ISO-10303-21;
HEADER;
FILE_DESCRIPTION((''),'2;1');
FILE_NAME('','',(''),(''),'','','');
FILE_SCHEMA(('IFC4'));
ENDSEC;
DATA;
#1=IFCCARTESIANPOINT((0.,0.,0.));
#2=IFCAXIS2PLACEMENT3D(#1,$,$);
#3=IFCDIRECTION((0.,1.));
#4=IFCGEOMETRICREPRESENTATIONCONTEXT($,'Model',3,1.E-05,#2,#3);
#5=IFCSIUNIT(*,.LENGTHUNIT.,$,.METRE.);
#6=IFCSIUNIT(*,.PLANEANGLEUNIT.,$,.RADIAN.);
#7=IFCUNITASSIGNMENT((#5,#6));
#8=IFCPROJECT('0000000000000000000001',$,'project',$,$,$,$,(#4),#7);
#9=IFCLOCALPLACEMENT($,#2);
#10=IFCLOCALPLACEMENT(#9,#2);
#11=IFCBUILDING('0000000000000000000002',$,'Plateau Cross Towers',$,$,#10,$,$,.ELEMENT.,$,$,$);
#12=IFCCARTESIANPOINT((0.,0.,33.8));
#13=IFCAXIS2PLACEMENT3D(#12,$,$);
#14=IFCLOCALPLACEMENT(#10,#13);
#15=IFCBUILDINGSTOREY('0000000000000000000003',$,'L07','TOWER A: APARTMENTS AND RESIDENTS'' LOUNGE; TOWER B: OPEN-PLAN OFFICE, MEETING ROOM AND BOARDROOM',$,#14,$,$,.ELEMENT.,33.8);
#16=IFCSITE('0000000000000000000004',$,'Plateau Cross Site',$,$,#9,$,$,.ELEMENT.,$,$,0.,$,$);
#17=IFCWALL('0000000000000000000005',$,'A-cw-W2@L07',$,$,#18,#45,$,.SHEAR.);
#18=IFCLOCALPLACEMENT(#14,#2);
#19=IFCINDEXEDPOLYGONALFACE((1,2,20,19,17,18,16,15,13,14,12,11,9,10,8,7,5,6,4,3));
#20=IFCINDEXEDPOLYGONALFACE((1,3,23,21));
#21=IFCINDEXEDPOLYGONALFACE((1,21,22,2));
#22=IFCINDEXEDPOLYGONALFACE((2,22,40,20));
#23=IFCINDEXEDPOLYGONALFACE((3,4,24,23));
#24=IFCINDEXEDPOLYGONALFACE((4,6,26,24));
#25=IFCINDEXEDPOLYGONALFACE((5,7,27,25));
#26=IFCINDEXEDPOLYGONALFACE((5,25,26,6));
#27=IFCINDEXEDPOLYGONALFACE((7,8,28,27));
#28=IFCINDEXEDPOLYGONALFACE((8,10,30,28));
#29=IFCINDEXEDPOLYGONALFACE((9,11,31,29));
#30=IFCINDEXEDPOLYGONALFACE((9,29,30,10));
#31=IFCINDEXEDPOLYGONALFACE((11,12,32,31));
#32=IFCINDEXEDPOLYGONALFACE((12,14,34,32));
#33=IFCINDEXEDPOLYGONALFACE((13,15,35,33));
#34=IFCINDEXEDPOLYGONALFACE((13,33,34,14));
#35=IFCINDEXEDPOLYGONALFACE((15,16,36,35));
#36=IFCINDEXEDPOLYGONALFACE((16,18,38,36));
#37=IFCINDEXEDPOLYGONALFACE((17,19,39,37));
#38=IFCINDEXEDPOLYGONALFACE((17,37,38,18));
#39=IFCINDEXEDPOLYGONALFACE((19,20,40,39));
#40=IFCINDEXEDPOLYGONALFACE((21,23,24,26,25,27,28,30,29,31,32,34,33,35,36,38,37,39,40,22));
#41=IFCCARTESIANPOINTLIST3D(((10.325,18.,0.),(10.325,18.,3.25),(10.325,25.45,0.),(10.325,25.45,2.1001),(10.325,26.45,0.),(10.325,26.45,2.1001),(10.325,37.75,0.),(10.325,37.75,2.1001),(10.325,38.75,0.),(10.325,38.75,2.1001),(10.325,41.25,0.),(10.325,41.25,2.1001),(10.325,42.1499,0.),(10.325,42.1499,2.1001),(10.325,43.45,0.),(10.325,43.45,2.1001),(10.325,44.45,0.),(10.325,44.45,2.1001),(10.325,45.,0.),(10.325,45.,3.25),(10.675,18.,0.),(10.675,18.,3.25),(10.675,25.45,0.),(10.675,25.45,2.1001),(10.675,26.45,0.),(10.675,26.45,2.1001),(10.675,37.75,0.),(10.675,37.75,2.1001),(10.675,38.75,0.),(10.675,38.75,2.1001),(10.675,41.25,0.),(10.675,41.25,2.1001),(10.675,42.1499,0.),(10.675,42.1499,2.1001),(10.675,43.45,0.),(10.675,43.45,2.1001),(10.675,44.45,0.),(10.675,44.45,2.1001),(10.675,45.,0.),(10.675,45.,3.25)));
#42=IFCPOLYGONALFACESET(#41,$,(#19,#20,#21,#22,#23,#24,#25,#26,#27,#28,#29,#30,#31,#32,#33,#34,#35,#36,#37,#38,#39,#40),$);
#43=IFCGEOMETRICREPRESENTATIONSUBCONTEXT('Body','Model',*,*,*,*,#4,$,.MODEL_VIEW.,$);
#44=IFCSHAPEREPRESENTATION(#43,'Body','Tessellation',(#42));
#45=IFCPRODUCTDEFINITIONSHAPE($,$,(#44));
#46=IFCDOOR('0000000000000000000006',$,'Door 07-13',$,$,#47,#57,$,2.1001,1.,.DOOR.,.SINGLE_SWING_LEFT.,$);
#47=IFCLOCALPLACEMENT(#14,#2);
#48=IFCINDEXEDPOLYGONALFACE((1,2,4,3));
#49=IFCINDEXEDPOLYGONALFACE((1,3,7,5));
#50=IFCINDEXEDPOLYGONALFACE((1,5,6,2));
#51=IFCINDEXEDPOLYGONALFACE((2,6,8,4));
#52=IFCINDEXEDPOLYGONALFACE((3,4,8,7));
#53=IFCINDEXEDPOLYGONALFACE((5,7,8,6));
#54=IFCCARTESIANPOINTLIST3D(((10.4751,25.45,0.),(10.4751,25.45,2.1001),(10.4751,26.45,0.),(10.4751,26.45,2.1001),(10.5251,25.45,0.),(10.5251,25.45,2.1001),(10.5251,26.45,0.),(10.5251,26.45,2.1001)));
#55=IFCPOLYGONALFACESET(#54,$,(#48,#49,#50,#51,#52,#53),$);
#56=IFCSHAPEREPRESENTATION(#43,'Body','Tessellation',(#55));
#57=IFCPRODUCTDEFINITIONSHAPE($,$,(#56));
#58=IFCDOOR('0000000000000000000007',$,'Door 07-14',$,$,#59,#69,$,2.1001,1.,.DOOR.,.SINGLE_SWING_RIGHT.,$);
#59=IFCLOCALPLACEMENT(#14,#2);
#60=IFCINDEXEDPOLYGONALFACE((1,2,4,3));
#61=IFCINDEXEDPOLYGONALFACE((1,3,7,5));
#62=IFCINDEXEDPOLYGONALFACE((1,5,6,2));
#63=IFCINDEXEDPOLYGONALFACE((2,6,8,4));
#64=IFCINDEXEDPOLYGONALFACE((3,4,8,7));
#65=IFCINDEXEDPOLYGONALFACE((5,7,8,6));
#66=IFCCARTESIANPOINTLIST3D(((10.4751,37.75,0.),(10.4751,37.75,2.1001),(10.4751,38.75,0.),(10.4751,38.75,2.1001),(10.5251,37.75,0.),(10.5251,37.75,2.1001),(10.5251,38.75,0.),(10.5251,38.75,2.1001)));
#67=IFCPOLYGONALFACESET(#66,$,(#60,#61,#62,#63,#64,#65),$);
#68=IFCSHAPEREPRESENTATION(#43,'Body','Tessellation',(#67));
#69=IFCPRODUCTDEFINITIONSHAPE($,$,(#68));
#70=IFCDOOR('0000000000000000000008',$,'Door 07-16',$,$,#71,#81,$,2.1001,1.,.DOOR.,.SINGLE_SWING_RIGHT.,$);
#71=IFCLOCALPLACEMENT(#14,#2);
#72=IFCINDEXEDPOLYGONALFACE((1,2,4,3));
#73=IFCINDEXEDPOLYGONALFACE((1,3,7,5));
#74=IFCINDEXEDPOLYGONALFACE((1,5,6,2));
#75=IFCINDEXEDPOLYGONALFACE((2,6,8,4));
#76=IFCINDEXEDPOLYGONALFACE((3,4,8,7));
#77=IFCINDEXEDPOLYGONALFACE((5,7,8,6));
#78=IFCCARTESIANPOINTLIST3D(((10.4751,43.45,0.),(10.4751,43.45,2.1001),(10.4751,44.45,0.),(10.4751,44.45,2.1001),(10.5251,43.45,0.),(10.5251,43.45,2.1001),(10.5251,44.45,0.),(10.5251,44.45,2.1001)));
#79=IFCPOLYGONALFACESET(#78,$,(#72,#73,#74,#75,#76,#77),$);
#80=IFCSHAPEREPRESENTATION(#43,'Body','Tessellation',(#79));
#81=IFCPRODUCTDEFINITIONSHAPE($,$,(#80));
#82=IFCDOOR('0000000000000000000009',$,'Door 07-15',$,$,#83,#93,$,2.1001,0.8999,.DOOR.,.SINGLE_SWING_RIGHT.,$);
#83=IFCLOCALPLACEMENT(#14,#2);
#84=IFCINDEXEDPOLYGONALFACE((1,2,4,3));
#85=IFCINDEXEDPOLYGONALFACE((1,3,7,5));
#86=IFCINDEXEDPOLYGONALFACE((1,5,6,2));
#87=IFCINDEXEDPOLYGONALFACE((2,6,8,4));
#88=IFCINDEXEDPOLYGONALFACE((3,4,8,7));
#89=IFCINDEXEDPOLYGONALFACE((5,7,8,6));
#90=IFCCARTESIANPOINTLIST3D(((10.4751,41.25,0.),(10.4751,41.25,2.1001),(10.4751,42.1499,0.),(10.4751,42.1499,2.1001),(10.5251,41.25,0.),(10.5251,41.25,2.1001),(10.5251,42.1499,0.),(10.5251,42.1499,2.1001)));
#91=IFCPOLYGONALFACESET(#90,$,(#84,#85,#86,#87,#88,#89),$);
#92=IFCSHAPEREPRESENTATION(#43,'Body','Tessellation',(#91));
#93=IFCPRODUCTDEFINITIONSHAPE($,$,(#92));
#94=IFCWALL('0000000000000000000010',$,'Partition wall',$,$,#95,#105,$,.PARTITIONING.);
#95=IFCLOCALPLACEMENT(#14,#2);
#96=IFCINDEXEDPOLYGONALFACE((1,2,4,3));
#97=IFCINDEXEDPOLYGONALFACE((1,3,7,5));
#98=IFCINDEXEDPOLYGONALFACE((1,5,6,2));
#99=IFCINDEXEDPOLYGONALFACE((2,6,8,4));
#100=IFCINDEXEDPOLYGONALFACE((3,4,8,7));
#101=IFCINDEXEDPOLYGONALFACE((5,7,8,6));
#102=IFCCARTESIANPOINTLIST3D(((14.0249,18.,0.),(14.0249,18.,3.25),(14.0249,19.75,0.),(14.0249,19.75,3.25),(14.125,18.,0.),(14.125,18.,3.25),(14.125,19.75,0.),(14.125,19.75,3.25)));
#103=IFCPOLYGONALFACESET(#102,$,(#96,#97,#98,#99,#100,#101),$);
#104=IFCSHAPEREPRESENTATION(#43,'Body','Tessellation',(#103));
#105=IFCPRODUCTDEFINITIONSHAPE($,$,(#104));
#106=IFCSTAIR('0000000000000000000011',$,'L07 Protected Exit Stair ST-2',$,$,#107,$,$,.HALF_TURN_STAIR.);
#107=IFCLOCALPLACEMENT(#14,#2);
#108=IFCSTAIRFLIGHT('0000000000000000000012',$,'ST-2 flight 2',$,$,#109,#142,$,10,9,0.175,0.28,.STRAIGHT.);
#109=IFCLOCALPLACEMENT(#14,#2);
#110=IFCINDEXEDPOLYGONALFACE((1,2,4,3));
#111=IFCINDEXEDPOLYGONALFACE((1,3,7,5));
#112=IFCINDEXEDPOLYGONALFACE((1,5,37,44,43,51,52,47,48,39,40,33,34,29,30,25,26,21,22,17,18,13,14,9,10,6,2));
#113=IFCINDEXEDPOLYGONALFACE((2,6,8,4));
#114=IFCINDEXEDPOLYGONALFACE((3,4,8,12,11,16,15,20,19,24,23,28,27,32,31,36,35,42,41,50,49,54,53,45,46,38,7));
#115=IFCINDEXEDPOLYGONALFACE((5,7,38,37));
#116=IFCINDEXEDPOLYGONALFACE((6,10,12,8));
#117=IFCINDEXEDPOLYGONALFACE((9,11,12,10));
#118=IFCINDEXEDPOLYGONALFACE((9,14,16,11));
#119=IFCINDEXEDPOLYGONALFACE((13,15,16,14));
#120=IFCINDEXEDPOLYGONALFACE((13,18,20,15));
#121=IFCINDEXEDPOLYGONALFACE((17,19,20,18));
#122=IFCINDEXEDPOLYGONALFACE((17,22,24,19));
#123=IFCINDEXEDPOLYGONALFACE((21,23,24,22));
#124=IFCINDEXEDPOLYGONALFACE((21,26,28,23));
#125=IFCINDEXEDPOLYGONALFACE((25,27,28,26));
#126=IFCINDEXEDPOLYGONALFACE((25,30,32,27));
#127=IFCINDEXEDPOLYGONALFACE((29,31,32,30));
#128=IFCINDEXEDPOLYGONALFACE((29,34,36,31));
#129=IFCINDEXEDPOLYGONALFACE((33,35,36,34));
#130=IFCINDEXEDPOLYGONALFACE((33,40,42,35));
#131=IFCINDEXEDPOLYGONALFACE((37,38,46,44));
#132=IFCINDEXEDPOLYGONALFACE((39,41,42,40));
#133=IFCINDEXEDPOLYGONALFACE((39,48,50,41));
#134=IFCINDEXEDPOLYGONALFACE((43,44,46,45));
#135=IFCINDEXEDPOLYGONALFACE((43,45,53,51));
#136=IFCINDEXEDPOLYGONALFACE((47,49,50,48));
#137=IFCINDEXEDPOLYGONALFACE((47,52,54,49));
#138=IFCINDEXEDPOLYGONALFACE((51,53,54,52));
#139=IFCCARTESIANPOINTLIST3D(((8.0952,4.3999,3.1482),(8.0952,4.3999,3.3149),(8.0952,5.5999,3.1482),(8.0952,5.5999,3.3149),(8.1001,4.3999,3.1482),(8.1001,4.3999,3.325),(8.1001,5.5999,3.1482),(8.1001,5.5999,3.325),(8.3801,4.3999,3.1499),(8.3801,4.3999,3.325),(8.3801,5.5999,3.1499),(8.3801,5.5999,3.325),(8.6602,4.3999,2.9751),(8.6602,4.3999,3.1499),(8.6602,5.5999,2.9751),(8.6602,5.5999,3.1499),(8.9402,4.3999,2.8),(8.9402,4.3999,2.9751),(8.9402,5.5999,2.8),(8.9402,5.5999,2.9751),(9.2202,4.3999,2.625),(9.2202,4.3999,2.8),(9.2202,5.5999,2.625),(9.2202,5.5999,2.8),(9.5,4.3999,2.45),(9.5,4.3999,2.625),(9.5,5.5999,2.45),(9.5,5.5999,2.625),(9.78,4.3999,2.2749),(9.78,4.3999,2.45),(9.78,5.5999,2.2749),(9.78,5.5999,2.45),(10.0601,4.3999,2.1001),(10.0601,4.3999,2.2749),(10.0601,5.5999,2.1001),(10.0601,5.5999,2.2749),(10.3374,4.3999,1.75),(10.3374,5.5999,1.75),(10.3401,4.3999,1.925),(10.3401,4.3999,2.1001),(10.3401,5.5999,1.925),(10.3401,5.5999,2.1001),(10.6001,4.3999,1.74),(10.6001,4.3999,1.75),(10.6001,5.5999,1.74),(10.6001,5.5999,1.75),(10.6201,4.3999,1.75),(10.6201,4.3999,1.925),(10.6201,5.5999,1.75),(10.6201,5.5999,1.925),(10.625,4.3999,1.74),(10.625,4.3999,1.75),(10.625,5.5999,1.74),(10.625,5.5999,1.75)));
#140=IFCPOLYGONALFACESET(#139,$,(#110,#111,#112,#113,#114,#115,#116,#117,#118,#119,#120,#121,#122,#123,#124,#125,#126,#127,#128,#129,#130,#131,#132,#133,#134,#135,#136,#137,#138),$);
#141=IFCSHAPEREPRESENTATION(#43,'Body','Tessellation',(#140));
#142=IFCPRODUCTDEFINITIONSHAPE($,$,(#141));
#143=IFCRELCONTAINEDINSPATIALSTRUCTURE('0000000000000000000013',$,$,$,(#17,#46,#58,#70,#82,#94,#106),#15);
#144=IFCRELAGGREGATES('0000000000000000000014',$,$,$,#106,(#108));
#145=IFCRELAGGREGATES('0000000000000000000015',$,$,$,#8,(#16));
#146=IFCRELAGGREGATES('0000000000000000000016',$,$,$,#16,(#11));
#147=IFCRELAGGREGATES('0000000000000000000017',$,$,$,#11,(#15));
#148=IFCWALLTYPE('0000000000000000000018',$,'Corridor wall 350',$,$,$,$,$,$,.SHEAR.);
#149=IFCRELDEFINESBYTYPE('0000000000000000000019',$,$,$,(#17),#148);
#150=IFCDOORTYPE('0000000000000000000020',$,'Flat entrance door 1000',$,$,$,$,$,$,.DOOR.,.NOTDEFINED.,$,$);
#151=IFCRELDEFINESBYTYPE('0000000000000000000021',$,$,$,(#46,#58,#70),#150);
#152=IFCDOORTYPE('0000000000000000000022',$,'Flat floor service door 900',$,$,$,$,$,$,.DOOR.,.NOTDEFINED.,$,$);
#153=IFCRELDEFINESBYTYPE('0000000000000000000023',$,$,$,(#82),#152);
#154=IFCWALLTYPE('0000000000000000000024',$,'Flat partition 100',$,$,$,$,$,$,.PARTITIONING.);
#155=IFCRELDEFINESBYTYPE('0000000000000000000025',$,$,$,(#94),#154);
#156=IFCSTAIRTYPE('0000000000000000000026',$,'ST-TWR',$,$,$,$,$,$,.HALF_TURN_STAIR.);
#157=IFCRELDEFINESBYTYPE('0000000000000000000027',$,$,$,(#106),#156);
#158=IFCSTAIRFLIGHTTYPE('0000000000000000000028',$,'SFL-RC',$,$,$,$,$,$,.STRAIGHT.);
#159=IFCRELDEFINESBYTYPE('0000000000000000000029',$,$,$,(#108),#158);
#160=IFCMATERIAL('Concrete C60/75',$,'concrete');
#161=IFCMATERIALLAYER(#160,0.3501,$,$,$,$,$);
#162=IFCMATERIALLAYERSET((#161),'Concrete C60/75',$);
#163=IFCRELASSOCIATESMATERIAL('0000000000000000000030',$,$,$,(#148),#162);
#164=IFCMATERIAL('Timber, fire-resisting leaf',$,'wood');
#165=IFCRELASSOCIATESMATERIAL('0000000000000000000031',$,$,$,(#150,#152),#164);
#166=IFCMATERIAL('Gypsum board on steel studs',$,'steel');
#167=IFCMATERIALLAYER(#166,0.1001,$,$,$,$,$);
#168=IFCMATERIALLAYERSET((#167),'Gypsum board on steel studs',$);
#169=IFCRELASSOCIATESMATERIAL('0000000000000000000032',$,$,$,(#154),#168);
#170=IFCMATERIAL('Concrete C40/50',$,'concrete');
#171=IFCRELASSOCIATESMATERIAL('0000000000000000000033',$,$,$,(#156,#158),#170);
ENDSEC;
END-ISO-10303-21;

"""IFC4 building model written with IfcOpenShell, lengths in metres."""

from ifc_helpers import new_model, si_unit, direction, frame, frame_2d, origin, place, context, subcontext, project, spatial, polyline, rectangle, outline, extrude, material, layer, layer_set, type_object, element, fill, aggregate, save


model = new_model("IFC4")

# Units and contexts
model_context = context("Model", 3, precision=1e-05, world=origin(), true_north=direction((0.0, 1.0)))
body_context = subcontext(model_context, "Body", "Model", "MODEL_VIEW")
ifc_project = project(units=[si_unit("LENGTHUNIT", "METRE"), si_unit("PLANEANGLEUNIT", "RADIAN")], contexts=[model_context])

# Site, building, storey
site_placement = place(None, origin())
site = spatial("IfcSite", under=ifc_project, at=site_placement, Name="Plateau Cross Site", CompositionType="ELEMENT", RefElevation=0.0)
building_placement = place(site_placement, origin())
building = spatial("IfcBuilding", under=site, at=building_placement, Name="Plateau Cross Towers", CompositionType="ELEMENT")
storey_placement = place(building_placement, frame((0.0, 0.0, 33.8)))
storey = spatial("IfcBuildingStorey", under=building, at=storey_placement, Name="L07", Description="TOWER A: APARTMENTS AND RESIDENTS' LOUNGE; TOWER B: OPEN-PLAN OFFICE, MEETING ROOM AND BOARDROOM", CompositionType="ELEMENT", Elevation=33.8)

# Shared definitions
ifc_material_1 = material(Name="Concrete C60/75", Category="concrete")

# Wall, openings, doors
ifc_layer_1 = layer(ifc_material_1, 0.3501)
ifc_layer_set_1 = layer_set([ifc_layer_1], Name="Concrete C60/75")
wall_type_1 = type_object("IfcWallType", Name="Corridor wall 350", PredefinedType="SHEAR", material=ifc_layer_set_1)
ifc_material_2 = material(Name="Timber, fire-resisting leaf", Category="wood")
door_type_1 = type_object("IfcDoorType", Name="Flat entrance door 1000", OperationType="NOTDEFINED", PredefinedType="DOOR", material=ifc_material_2)
wall_1_placement = place(storey_placement, frame((10.5, 18.0, 0.0), z_axis=(0.0, 0.0, 1.0), x_axis=(0.0, 1.0, 0.0)))
wall_1 = element("IfcWall", 1, at=wall_1_placement, inside=storey, type_object=wall_type_1, Name="A-cw-W2@L07", PredefinedType="SHEAR", context=body_context, shape_type="SweptSolid", body=[
    extrude(rectangle(XDim=27.0, YDim=0.3501, at=frame_2d((13.5, 0.0))), origin(), (0.0, 0.0, 1.0), 3.25),
])
opening_1_placement = place(wall_1_placement, frame((7.45, 0.0, 0.0)))
opening_1 = element("IfcOpeningElement", 2, at=opening_1_placement, cuts=wall_1, PredefinedType="OPENING", context=body_context, shape_type="SweptSolid", body=[
    extrude(rectangle(XDim=1.0, YDim=2.1001, at=frame_2d((0.5, 1.05))), frame((0.0, 0.1851, 0.0), z_axis=(0.0, -1.0, 0.0), x_axis=(1.0, 0.0, 0.0)), (0.0, 0.0, 1.0), 0.3701),
])
opening_2_placement = place(wall_1_placement, frame((19.75, 0.0, 0.0)))
opening_2 = element("IfcOpeningElement", 3, at=opening_2_placement, cuts=wall_1, PredefinedType="OPENING", context=body_context, shape_type="SweptSolid", body=[
    extrude(rectangle(XDim=1.0, YDim=2.1001, at=frame_2d((0.5, 1.05))), frame((0.0, 0.1851, 0.0), z_axis=(0.0, -1.0, 0.0), x_axis=(1.0, 0.0, 0.0)), (0.0, 0.0, 1.0), 0.3701),
])
opening_3_placement = place(wall_1_placement, frame((23.25, 0.0, 0.0)))
opening_3 = element("IfcOpeningElement", 4, at=opening_3_placement, cuts=wall_1, PredefinedType="OPENING", context=body_context, shape_type="SweptSolid", body=[
    extrude(rectangle(XDim=0.8999, YDim=2.1001, at=frame_2d((0.45, 1.05))), frame((0.0, 0.1851, 0.0), z_axis=(0.0, -1.0, 0.0), x_axis=(1.0, 0.0, 0.0)), (0.0, 0.0, 1.0), 0.3701),
])
opening_4_placement = place(wall_1_placement, frame((25.45, 0.0, 0.0)))
opening_4 = element("IfcOpeningElement", 5, at=opening_4_placement, cuts=wall_1, PredefinedType="OPENING", context=body_context, shape_type="SweptSolid", body=[
    extrude(rectangle(XDim=1.0, YDim=2.1001, at=frame_2d((0.5, 1.05))), frame((0.0, 0.1851, 0.0), z_axis=(0.0, -1.0, 0.0), x_axis=(1.0, 0.0, 0.0)), (0.0, 0.0, 1.0), 0.3701),
])
door_1_placement = place(opening_1_placement, origin())
door_1 = element("IfcDoor", 6, at=door_1_placement, inside=storey, type_object=door_type_1, Name="Door 07-13", OperationType="SINGLE_SWING_LEFT", OverallHeight=2.1001, OverallWidth=1.0, PredefinedType="DOOR", context=body_context, shape_type="SweptSolid", body=[
    extrude(rectangle(XDim=1.0, YDim=2.1001, at=frame_2d((0.5, 1.05))), frame((0.0, 0.0249, 0.0), z_axis=(0.0, -1.0, 0.0), x_axis=(1.0, 0.0, 0.0)), (0.0, 0.0, 1.0), 0.05),
])
fill(opening_1, door_1)
door_2_placement = place(opening_2_placement, origin())
door_2 = element("IfcDoor", 7, at=door_2_placement, inside=storey, type_object=door_type_1, Name="Door 07-14", OperationType="SINGLE_SWING_RIGHT", OverallHeight=2.1001, OverallWidth=1.0, PredefinedType="DOOR", context=body_context, shape_type="SweptSolid", body=[
    extrude(rectangle(XDim=1.0, YDim=2.1001, at=frame_2d((0.5, 1.05))), frame((0.0, 0.0249, 0.0), z_axis=(0.0, -1.0, 0.0), x_axis=(1.0, 0.0, 0.0)), (0.0, 0.0, 1.0), 0.05),
])
fill(opening_2, door_2)
door_3_placement = place(opening_4_placement, origin())
door_3 = element("IfcDoor", 8, at=door_3_placement, inside=storey, type_object=door_type_1, Name="Door 07-16", OperationType="SINGLE_SWING_RIGHT", OverallHeight=2.1001, OverallWidth=1.0, PredefinedType="DOOR", context=body_context, shape_type="SweptSolid", body=[
    extrude(rectangle(XDim=1.0, YDim=2.1001, at=frame_2d((0.5, 1.05))), frame((0.0, 0.0249, 0.0), z_axis=(0.0, -1.0, 0.0), x_axis=(1.0, 0.0, 0.0)), (0.0, 0.0, 1.0), 0.05),
])
fill(opening_4, door_3)
door_type_2 = type_object("IfcDoorType", Name="Flat floor service door 900", OperationType="NOTDEFINED", PredefinedType="DOOR", material=ifc_material_2)
door_4_placement = place(opening_3_placement, origin())
door_4 = element("IfcDoor", 9, at=door_4_placement, inside=storey, type_object=door_type_2, Name="Door 07-15", OperationType="SINGLE_SWING_RIGHT", OverallHeight=2.1001, OverallWidth=0.8999, PredefinedType="DOOR", context=body_context, shape_type="SweptSolid", body=[
    extrude(rectangle(XDim=0.8999, YDim=2.1001, at=frame_2d((0.45, 1.05))), frame((0.0, 0.0249, 0.0), z_axis=(0.0, -1.0, 0.0), x_axis=(1.0, 0.0, 0.0)), (0.0, 0.0, 1.0), 0.05),
])
fill(opening_3, door_4)

# Wall
ifc_material_3 = material(Name="Gypsum board on steel studs", Category="steel")
ifc_layer_2 = layer(ifc_material_3, 0.1001)
ifc_layer_set_2 = layer_set([ifc_layer_2], Name="Gypsum board on steel studs")
wall_type_2 = type_object("IfcWallType", Name="Flat partition 100", PredefinedType="PARTITIONING", material=ifc_layer_set_2)
wall_2_placement = place(storey_placement, frame((14.075, 18.0, 0.0), z_axis=(0.0, 0.0, 1.0), x_axis=(0.0, 1.0, 0.0)))
element("IfcWall", 10, at=wall_2_placement, inside=storey, type_object=wall_type_2, Name="Partition wall", PredefinedType="PARTITIONING", context=body_context, shape_type="SweptSolid", body=[
    extrude(rectangle(XDim=1.75, YDim=0.1001, at=frame_2d((0.875, 0.0))), origin(), (0.0, 0.0, 1.0), 3.25),
])

# Stair, stair flight
ifc_material_4 = material(Name="Concrete C40/50", Category="concrete")
stair_type = type_object("IfcStairType", Name="ST-TWR", PredefinedType="HALF_TURN_STAIR", material=ifc_material_4)
stair_placement = place(storey_placement, origin())
stair = element("IfcStair", 11, at=stair_placement, inside=storey, type_object=stair_type, Name="L07 Protected Exit Stair ST-2", PredefinedType="HALF_TURN_STAIR")
stair_flight_type = type_object("IfcStairFlightType", Name="SFL-RC", PredefinedType="STRAIGHT", material=ifc_material_4)
stair_flight_placement = place(storey_placement, frame((10.6201, 5.0, 1.75), z_axis=(0.0, 0.0, 1.0), x_axis=(-1.0, 0.0, 0.0)))
stair_flight = element("IfcStairFlight", 12, at=stair_flight_placement, type_object=stair_flight_type, Name="ST-2 flight 2", NumberOfRisers=10, NumberOfTreads=9, PredefinedType="STRAIGHT", RiserHeight=0.175, TreadLength=0.28, context=body_context, shape_type="SweptSolid", body=[
    extrude(outline(polyline([(-0.0049, -0.01), (-0.0049, 0.0), (0.0, 0.0), (0.0, 0.175), (0.28, 0.175), (0.28, 0.3501), (0.5601, 0.3501), (0.5601, 0.5249), (0.8401, 0.5249), (0.8401, 0.7), (1.1201, 0.7), (1.1201, 0.875), (1.3999, 0.875), (1.3999, 1.05), (1.6799, 1.05), (1.6799, 1.2251), (1.96, 1.2251), (1.96, 1.3999), (2.24, 1.3999), (2.24, 1.575), (2.52, 1.575), (2.5249, 1.5649), (2.5249, 1.3982), (2.52, 1.3982), (0.2827, 0.0), (0.02, 0.0), (0.02, -0.01), (-0.0049, -0.01)])), frame((0.0, 0.6001, 0.0), z_axis=(0.0, -1.0, 0.0), x_axis=(1.0, 0.0, 0.0)), (0.0, 0.0, 1.0), 1.2),
])
aggregate(stair, [stair_flight])

save(model, "model.ifc")
